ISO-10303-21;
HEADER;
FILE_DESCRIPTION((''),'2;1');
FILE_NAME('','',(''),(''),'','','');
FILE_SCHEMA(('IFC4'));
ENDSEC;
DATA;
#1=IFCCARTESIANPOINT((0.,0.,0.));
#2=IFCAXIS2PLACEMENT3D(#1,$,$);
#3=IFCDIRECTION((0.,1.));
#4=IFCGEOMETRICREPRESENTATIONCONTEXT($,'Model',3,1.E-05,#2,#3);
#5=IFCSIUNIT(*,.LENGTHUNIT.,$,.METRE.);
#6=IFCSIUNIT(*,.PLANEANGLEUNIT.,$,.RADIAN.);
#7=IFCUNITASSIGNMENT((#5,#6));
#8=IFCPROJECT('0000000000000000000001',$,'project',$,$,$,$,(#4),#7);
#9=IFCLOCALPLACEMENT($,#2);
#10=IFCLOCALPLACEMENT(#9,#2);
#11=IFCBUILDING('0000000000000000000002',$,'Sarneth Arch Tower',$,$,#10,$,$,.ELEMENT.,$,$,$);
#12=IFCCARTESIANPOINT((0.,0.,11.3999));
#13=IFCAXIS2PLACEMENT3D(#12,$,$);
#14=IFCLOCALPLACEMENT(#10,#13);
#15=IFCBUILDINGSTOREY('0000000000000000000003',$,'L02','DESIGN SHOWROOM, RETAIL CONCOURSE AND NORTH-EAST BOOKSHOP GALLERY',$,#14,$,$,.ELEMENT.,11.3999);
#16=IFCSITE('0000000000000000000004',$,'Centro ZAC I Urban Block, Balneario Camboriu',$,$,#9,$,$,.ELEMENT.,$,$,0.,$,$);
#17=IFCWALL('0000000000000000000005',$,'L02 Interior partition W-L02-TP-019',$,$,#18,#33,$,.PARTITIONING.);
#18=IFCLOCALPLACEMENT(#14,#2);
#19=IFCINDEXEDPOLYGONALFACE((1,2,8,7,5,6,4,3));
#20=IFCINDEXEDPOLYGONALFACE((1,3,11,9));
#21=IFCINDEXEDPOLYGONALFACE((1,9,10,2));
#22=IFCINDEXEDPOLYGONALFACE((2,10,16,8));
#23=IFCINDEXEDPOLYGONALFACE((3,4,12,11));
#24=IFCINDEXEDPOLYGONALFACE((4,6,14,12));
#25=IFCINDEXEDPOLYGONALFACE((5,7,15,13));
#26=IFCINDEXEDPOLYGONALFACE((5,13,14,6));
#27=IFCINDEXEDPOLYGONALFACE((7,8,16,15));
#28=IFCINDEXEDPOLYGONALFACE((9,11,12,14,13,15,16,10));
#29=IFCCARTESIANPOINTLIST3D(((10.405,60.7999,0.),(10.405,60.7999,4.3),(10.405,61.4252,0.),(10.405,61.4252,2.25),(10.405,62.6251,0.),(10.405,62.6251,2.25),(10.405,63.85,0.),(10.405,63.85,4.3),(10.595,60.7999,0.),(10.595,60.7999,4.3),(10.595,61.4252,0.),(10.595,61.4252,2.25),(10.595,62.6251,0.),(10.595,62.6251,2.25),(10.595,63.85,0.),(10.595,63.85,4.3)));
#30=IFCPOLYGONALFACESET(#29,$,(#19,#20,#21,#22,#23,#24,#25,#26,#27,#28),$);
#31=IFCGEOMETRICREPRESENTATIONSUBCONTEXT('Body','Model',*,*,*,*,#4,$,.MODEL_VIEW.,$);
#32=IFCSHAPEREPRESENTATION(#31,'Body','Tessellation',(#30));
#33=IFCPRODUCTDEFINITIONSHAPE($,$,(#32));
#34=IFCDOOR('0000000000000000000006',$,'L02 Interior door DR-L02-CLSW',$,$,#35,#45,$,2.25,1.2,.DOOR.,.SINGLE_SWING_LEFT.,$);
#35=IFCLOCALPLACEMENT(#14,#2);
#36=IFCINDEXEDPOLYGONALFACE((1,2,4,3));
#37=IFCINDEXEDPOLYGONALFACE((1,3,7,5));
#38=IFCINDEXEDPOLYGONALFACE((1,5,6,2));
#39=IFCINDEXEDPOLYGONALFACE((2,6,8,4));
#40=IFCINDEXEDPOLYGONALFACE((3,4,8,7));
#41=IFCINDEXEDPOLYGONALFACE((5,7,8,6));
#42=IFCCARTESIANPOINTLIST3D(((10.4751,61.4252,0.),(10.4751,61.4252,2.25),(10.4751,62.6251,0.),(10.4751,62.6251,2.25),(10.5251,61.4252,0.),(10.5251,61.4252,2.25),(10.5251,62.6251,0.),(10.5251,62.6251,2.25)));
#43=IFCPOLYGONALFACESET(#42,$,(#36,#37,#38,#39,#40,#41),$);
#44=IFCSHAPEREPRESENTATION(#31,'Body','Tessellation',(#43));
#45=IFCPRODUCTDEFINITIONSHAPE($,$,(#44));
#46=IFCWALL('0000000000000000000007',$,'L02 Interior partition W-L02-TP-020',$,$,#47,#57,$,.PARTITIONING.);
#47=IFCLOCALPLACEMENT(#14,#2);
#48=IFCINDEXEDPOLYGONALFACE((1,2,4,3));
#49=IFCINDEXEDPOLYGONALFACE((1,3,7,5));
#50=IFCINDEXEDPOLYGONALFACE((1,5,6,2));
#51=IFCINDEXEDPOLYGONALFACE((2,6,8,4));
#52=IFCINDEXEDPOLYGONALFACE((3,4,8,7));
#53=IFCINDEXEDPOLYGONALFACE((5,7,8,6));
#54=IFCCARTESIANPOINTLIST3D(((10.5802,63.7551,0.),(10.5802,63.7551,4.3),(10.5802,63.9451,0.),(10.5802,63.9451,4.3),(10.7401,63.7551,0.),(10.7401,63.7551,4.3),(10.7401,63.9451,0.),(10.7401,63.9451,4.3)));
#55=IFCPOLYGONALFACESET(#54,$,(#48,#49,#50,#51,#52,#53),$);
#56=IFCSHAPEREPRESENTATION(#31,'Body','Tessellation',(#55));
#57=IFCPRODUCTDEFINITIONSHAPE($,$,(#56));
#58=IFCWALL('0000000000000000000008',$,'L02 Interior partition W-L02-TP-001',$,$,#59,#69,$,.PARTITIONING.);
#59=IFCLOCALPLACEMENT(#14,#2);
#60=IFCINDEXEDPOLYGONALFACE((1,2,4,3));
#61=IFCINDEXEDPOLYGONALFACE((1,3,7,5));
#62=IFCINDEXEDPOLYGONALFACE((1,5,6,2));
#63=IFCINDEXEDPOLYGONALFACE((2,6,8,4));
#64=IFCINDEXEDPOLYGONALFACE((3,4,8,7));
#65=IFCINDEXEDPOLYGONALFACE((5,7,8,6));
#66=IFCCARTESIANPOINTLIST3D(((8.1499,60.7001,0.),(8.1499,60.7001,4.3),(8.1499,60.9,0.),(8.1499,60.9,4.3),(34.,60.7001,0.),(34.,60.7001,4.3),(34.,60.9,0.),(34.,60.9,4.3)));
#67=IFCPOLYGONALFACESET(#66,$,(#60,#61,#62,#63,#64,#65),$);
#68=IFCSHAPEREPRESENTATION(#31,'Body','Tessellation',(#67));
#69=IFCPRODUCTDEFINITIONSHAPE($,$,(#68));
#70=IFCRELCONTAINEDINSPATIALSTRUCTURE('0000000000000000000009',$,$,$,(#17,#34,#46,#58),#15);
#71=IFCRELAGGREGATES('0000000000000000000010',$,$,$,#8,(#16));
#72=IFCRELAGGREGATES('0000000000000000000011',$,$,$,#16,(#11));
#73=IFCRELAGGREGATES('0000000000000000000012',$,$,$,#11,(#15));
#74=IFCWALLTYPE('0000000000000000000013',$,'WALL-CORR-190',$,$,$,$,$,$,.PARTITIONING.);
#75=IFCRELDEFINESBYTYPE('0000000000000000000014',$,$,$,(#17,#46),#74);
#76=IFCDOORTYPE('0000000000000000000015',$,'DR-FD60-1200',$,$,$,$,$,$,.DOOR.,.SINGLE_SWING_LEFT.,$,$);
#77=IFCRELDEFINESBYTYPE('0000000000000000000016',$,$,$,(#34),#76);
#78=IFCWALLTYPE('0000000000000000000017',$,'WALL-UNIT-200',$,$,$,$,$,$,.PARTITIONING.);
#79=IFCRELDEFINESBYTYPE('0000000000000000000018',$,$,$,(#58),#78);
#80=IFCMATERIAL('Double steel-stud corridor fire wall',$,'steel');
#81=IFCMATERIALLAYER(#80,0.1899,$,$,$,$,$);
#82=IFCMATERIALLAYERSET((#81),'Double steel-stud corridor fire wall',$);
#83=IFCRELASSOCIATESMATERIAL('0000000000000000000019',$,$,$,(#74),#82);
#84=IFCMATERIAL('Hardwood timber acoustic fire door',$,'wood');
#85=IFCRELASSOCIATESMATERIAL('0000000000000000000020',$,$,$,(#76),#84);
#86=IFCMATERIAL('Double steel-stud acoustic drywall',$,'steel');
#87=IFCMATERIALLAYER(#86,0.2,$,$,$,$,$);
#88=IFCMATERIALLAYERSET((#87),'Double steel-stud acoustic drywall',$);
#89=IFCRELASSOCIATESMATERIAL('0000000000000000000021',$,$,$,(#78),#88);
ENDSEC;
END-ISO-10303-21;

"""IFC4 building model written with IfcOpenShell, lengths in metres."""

from ifc_helpers import new_model, si_unit, direction, frame, frame_2d, origin, place, context, subcontext, project, spatial, rectangle, extrude, material, layer, layer_set, type_object, element, fill, save


model = new_model("IFC4")

# Units and contexts
model_context = context("Model", 3, precision=1e-05, world=origin(), true_north=direction((0.0, 1.0)))
body_context = subcontext(model_context, "Body", "Model", "MODEL_VIEW")
ifc_project = project(units=[si_unit("LENGTHUNIT", "METRE"), si_unit("PLANEANGLEUNIT", "RADIAN")], contexts=[model_context])

# Site, building, storey
site_placement = place(None, origin())
site = spatial("IfcSite", under=ifc_project, at=site_placement, Name="Centro ZAC I Urban Block, Balneario Camboriu", CompositionType="ELEMENT", RefElevation=0.0)
building_placement = place(site_placement, origin())
building = spatial("IfcBuilding", under=site, at=building_placement, Name="Sarneth Arch Tower", CompositionType="ELEMENT")
storey_placement = place(building_placement, frame((0.0, 0.0, 11.3999)))
storey = spatial("IfcBuildingStorey", under=building, at=storey_placement, Name="L02", Description="DESIGN SHOWROOM, RETAIL CONCOURSE AND NORTH-EAST BOOKSHOP GALLERY", CompositionType="ELEMENT", Elevation=11.3999)

# Wall, opening, door
ifc_material_1 = material(Name="Double steel-stud corridor fire wall", Category="steel")
ifc_layer_1 = layer(ifc_material_1, 0.1899)
ifc_layer_set_1 = layer_set([ifc_layer_1], Name="Double steel-stud corridor fire wall")
wall_type_1 = type_object("IfcWallType", Name="WALL-CORR-190", PredefinedType="PARTITIONING", material=ifc_layer_set_1)
ifc_material_2 = material(Name="Hardwood timber acoustic fire door", Category="wood")
door_type = type_object("IfcDoorType", Name="DR-FD60-1200", OperationType="SINGLE_SWING_LEFT", PredefinedType="DOOR", material=ifc_material_2)
wall_1_placement = place(storey_placement, frame((10.5, 60.8, 0.0), z_axis=(0.0, 0.0, 1.0), x_axis=(0.0, 1.0, 0.0)))
wall_1 = element("IfcWall", 1, at=wall_1_placement, inside=storey, type_object=wall_type_1, Name="L02 Interior partition W-L02-TP-019", PredefinedType="PARTITIONING", context=body_context, shape_type="SweptSolid", body=[
    extrude(rectangle(XDim=3.05, YDim=0.1899, at=frame_2d((1.5249, 0.0))), origin(), (0.0, 0.0, 1.0), 4.3),
])
opening_1_placement = place(wall_1_placement, frame((0.625, 0.0, 0.0)))
opening_1 = element("IfcOpeningElement", 2, at=opening_1_placement, cuts=wall_1, PredefinedType="OPENING", context=body_context, shape_type="SweptSolid", body=[
    extrude(rectangle(XDim=1.2, YDim=2.25, at=frame_2d((0.6001, 1.125))), frame((0.0, 0.105, 0.0), z_axis=(0.0, -1.0, 0.0), x_axis=(1.0, 0.0, 0.0)), (0.0, 0.0, 1.0), 0.21),
])
door_1_placement = place(opening_1_placement, origin())
door_1 = element("IfcDoor", 3, at=door_1_placement, inside=storey, type_object=door_type, Name="L02 Interior door DR-L02-CLSW", OperationType="SINGLE_SWING_LEFT", OverallHeight=2.25, OverallWidth=1.2, PredefinedType="DOOR", context=body_context, shape_type="SweptSolid", body=[
    extrude(rectangle(XDim=1.2, YDim=2.25, at=frame_2d((0.6001, 1.125))), frame((0.0, 0.0249, 0.0), z_axis=(0.0, -1.0, 0.0), x_axis=(1.0, 0.0, 0.0)), (0.0, 0.0, 1.0), 0.05),
])
fill(opening_1, door_1)

# Walls
wall_2_placement = place(storey_placement, frame((10.5801, 63.8501, 0.0), z_axis=(0.0, 0.0, 1.0), x_axis=(1.0, 0.0, 0.0)))
element("IfcWall", 4, at=wall_2_placement, inside=storey, type_object=wall_type_1, Name="L02 Interior partition W-L02-TP-020", PredefinedType="PARTITIONING", context=body_context, shape_type="SweptSolid", body=[
    extrude(rectangle(XDim=0.1599, YDim=0.1899, at=frame_2d((0.0801, 0.0))), origin(), (0.0, 0.0, 1.0), 4.3),
])
ifc_material_3 = material(Name="Double steel-stud acoustic drywall", Category="steel")
ifc_layer_2 = layer(ifc_material_3, 0.2)
ifc_layer_set_2 = layer_set([ifc_layer_2], Name="Double steel-stud acoustic drywall")
wall_type_2 = type_object("IfcWallType", Name="WALL-UNIT-200", PredefinedType="PARTITIONING", material=ifc_layer_set_2)
wall_3_placement = place(storey_placement, frame((8.1499, 60.8, 0.0), z_axis=(0.0, 0.0, 1.0), x_axis=(1.0, 0.0, 0.0)))
element("IfcWall", 5, at=wall_3_placement, inside=storey, type_object=wall_type_2, Name="L02 Interior partition W-L02-TP-001", PredefinedType="PARTITIONING", context=body_context, shape_type="SweptSolid", body=[
    extrude(rectangle(XDim=25.8501, YDim=0.2, at=frame_2d((12.925, 0.0))), origin(), (0.0, 0.0, 1.0), 4.3),
])

save(model, "model.ifc")
